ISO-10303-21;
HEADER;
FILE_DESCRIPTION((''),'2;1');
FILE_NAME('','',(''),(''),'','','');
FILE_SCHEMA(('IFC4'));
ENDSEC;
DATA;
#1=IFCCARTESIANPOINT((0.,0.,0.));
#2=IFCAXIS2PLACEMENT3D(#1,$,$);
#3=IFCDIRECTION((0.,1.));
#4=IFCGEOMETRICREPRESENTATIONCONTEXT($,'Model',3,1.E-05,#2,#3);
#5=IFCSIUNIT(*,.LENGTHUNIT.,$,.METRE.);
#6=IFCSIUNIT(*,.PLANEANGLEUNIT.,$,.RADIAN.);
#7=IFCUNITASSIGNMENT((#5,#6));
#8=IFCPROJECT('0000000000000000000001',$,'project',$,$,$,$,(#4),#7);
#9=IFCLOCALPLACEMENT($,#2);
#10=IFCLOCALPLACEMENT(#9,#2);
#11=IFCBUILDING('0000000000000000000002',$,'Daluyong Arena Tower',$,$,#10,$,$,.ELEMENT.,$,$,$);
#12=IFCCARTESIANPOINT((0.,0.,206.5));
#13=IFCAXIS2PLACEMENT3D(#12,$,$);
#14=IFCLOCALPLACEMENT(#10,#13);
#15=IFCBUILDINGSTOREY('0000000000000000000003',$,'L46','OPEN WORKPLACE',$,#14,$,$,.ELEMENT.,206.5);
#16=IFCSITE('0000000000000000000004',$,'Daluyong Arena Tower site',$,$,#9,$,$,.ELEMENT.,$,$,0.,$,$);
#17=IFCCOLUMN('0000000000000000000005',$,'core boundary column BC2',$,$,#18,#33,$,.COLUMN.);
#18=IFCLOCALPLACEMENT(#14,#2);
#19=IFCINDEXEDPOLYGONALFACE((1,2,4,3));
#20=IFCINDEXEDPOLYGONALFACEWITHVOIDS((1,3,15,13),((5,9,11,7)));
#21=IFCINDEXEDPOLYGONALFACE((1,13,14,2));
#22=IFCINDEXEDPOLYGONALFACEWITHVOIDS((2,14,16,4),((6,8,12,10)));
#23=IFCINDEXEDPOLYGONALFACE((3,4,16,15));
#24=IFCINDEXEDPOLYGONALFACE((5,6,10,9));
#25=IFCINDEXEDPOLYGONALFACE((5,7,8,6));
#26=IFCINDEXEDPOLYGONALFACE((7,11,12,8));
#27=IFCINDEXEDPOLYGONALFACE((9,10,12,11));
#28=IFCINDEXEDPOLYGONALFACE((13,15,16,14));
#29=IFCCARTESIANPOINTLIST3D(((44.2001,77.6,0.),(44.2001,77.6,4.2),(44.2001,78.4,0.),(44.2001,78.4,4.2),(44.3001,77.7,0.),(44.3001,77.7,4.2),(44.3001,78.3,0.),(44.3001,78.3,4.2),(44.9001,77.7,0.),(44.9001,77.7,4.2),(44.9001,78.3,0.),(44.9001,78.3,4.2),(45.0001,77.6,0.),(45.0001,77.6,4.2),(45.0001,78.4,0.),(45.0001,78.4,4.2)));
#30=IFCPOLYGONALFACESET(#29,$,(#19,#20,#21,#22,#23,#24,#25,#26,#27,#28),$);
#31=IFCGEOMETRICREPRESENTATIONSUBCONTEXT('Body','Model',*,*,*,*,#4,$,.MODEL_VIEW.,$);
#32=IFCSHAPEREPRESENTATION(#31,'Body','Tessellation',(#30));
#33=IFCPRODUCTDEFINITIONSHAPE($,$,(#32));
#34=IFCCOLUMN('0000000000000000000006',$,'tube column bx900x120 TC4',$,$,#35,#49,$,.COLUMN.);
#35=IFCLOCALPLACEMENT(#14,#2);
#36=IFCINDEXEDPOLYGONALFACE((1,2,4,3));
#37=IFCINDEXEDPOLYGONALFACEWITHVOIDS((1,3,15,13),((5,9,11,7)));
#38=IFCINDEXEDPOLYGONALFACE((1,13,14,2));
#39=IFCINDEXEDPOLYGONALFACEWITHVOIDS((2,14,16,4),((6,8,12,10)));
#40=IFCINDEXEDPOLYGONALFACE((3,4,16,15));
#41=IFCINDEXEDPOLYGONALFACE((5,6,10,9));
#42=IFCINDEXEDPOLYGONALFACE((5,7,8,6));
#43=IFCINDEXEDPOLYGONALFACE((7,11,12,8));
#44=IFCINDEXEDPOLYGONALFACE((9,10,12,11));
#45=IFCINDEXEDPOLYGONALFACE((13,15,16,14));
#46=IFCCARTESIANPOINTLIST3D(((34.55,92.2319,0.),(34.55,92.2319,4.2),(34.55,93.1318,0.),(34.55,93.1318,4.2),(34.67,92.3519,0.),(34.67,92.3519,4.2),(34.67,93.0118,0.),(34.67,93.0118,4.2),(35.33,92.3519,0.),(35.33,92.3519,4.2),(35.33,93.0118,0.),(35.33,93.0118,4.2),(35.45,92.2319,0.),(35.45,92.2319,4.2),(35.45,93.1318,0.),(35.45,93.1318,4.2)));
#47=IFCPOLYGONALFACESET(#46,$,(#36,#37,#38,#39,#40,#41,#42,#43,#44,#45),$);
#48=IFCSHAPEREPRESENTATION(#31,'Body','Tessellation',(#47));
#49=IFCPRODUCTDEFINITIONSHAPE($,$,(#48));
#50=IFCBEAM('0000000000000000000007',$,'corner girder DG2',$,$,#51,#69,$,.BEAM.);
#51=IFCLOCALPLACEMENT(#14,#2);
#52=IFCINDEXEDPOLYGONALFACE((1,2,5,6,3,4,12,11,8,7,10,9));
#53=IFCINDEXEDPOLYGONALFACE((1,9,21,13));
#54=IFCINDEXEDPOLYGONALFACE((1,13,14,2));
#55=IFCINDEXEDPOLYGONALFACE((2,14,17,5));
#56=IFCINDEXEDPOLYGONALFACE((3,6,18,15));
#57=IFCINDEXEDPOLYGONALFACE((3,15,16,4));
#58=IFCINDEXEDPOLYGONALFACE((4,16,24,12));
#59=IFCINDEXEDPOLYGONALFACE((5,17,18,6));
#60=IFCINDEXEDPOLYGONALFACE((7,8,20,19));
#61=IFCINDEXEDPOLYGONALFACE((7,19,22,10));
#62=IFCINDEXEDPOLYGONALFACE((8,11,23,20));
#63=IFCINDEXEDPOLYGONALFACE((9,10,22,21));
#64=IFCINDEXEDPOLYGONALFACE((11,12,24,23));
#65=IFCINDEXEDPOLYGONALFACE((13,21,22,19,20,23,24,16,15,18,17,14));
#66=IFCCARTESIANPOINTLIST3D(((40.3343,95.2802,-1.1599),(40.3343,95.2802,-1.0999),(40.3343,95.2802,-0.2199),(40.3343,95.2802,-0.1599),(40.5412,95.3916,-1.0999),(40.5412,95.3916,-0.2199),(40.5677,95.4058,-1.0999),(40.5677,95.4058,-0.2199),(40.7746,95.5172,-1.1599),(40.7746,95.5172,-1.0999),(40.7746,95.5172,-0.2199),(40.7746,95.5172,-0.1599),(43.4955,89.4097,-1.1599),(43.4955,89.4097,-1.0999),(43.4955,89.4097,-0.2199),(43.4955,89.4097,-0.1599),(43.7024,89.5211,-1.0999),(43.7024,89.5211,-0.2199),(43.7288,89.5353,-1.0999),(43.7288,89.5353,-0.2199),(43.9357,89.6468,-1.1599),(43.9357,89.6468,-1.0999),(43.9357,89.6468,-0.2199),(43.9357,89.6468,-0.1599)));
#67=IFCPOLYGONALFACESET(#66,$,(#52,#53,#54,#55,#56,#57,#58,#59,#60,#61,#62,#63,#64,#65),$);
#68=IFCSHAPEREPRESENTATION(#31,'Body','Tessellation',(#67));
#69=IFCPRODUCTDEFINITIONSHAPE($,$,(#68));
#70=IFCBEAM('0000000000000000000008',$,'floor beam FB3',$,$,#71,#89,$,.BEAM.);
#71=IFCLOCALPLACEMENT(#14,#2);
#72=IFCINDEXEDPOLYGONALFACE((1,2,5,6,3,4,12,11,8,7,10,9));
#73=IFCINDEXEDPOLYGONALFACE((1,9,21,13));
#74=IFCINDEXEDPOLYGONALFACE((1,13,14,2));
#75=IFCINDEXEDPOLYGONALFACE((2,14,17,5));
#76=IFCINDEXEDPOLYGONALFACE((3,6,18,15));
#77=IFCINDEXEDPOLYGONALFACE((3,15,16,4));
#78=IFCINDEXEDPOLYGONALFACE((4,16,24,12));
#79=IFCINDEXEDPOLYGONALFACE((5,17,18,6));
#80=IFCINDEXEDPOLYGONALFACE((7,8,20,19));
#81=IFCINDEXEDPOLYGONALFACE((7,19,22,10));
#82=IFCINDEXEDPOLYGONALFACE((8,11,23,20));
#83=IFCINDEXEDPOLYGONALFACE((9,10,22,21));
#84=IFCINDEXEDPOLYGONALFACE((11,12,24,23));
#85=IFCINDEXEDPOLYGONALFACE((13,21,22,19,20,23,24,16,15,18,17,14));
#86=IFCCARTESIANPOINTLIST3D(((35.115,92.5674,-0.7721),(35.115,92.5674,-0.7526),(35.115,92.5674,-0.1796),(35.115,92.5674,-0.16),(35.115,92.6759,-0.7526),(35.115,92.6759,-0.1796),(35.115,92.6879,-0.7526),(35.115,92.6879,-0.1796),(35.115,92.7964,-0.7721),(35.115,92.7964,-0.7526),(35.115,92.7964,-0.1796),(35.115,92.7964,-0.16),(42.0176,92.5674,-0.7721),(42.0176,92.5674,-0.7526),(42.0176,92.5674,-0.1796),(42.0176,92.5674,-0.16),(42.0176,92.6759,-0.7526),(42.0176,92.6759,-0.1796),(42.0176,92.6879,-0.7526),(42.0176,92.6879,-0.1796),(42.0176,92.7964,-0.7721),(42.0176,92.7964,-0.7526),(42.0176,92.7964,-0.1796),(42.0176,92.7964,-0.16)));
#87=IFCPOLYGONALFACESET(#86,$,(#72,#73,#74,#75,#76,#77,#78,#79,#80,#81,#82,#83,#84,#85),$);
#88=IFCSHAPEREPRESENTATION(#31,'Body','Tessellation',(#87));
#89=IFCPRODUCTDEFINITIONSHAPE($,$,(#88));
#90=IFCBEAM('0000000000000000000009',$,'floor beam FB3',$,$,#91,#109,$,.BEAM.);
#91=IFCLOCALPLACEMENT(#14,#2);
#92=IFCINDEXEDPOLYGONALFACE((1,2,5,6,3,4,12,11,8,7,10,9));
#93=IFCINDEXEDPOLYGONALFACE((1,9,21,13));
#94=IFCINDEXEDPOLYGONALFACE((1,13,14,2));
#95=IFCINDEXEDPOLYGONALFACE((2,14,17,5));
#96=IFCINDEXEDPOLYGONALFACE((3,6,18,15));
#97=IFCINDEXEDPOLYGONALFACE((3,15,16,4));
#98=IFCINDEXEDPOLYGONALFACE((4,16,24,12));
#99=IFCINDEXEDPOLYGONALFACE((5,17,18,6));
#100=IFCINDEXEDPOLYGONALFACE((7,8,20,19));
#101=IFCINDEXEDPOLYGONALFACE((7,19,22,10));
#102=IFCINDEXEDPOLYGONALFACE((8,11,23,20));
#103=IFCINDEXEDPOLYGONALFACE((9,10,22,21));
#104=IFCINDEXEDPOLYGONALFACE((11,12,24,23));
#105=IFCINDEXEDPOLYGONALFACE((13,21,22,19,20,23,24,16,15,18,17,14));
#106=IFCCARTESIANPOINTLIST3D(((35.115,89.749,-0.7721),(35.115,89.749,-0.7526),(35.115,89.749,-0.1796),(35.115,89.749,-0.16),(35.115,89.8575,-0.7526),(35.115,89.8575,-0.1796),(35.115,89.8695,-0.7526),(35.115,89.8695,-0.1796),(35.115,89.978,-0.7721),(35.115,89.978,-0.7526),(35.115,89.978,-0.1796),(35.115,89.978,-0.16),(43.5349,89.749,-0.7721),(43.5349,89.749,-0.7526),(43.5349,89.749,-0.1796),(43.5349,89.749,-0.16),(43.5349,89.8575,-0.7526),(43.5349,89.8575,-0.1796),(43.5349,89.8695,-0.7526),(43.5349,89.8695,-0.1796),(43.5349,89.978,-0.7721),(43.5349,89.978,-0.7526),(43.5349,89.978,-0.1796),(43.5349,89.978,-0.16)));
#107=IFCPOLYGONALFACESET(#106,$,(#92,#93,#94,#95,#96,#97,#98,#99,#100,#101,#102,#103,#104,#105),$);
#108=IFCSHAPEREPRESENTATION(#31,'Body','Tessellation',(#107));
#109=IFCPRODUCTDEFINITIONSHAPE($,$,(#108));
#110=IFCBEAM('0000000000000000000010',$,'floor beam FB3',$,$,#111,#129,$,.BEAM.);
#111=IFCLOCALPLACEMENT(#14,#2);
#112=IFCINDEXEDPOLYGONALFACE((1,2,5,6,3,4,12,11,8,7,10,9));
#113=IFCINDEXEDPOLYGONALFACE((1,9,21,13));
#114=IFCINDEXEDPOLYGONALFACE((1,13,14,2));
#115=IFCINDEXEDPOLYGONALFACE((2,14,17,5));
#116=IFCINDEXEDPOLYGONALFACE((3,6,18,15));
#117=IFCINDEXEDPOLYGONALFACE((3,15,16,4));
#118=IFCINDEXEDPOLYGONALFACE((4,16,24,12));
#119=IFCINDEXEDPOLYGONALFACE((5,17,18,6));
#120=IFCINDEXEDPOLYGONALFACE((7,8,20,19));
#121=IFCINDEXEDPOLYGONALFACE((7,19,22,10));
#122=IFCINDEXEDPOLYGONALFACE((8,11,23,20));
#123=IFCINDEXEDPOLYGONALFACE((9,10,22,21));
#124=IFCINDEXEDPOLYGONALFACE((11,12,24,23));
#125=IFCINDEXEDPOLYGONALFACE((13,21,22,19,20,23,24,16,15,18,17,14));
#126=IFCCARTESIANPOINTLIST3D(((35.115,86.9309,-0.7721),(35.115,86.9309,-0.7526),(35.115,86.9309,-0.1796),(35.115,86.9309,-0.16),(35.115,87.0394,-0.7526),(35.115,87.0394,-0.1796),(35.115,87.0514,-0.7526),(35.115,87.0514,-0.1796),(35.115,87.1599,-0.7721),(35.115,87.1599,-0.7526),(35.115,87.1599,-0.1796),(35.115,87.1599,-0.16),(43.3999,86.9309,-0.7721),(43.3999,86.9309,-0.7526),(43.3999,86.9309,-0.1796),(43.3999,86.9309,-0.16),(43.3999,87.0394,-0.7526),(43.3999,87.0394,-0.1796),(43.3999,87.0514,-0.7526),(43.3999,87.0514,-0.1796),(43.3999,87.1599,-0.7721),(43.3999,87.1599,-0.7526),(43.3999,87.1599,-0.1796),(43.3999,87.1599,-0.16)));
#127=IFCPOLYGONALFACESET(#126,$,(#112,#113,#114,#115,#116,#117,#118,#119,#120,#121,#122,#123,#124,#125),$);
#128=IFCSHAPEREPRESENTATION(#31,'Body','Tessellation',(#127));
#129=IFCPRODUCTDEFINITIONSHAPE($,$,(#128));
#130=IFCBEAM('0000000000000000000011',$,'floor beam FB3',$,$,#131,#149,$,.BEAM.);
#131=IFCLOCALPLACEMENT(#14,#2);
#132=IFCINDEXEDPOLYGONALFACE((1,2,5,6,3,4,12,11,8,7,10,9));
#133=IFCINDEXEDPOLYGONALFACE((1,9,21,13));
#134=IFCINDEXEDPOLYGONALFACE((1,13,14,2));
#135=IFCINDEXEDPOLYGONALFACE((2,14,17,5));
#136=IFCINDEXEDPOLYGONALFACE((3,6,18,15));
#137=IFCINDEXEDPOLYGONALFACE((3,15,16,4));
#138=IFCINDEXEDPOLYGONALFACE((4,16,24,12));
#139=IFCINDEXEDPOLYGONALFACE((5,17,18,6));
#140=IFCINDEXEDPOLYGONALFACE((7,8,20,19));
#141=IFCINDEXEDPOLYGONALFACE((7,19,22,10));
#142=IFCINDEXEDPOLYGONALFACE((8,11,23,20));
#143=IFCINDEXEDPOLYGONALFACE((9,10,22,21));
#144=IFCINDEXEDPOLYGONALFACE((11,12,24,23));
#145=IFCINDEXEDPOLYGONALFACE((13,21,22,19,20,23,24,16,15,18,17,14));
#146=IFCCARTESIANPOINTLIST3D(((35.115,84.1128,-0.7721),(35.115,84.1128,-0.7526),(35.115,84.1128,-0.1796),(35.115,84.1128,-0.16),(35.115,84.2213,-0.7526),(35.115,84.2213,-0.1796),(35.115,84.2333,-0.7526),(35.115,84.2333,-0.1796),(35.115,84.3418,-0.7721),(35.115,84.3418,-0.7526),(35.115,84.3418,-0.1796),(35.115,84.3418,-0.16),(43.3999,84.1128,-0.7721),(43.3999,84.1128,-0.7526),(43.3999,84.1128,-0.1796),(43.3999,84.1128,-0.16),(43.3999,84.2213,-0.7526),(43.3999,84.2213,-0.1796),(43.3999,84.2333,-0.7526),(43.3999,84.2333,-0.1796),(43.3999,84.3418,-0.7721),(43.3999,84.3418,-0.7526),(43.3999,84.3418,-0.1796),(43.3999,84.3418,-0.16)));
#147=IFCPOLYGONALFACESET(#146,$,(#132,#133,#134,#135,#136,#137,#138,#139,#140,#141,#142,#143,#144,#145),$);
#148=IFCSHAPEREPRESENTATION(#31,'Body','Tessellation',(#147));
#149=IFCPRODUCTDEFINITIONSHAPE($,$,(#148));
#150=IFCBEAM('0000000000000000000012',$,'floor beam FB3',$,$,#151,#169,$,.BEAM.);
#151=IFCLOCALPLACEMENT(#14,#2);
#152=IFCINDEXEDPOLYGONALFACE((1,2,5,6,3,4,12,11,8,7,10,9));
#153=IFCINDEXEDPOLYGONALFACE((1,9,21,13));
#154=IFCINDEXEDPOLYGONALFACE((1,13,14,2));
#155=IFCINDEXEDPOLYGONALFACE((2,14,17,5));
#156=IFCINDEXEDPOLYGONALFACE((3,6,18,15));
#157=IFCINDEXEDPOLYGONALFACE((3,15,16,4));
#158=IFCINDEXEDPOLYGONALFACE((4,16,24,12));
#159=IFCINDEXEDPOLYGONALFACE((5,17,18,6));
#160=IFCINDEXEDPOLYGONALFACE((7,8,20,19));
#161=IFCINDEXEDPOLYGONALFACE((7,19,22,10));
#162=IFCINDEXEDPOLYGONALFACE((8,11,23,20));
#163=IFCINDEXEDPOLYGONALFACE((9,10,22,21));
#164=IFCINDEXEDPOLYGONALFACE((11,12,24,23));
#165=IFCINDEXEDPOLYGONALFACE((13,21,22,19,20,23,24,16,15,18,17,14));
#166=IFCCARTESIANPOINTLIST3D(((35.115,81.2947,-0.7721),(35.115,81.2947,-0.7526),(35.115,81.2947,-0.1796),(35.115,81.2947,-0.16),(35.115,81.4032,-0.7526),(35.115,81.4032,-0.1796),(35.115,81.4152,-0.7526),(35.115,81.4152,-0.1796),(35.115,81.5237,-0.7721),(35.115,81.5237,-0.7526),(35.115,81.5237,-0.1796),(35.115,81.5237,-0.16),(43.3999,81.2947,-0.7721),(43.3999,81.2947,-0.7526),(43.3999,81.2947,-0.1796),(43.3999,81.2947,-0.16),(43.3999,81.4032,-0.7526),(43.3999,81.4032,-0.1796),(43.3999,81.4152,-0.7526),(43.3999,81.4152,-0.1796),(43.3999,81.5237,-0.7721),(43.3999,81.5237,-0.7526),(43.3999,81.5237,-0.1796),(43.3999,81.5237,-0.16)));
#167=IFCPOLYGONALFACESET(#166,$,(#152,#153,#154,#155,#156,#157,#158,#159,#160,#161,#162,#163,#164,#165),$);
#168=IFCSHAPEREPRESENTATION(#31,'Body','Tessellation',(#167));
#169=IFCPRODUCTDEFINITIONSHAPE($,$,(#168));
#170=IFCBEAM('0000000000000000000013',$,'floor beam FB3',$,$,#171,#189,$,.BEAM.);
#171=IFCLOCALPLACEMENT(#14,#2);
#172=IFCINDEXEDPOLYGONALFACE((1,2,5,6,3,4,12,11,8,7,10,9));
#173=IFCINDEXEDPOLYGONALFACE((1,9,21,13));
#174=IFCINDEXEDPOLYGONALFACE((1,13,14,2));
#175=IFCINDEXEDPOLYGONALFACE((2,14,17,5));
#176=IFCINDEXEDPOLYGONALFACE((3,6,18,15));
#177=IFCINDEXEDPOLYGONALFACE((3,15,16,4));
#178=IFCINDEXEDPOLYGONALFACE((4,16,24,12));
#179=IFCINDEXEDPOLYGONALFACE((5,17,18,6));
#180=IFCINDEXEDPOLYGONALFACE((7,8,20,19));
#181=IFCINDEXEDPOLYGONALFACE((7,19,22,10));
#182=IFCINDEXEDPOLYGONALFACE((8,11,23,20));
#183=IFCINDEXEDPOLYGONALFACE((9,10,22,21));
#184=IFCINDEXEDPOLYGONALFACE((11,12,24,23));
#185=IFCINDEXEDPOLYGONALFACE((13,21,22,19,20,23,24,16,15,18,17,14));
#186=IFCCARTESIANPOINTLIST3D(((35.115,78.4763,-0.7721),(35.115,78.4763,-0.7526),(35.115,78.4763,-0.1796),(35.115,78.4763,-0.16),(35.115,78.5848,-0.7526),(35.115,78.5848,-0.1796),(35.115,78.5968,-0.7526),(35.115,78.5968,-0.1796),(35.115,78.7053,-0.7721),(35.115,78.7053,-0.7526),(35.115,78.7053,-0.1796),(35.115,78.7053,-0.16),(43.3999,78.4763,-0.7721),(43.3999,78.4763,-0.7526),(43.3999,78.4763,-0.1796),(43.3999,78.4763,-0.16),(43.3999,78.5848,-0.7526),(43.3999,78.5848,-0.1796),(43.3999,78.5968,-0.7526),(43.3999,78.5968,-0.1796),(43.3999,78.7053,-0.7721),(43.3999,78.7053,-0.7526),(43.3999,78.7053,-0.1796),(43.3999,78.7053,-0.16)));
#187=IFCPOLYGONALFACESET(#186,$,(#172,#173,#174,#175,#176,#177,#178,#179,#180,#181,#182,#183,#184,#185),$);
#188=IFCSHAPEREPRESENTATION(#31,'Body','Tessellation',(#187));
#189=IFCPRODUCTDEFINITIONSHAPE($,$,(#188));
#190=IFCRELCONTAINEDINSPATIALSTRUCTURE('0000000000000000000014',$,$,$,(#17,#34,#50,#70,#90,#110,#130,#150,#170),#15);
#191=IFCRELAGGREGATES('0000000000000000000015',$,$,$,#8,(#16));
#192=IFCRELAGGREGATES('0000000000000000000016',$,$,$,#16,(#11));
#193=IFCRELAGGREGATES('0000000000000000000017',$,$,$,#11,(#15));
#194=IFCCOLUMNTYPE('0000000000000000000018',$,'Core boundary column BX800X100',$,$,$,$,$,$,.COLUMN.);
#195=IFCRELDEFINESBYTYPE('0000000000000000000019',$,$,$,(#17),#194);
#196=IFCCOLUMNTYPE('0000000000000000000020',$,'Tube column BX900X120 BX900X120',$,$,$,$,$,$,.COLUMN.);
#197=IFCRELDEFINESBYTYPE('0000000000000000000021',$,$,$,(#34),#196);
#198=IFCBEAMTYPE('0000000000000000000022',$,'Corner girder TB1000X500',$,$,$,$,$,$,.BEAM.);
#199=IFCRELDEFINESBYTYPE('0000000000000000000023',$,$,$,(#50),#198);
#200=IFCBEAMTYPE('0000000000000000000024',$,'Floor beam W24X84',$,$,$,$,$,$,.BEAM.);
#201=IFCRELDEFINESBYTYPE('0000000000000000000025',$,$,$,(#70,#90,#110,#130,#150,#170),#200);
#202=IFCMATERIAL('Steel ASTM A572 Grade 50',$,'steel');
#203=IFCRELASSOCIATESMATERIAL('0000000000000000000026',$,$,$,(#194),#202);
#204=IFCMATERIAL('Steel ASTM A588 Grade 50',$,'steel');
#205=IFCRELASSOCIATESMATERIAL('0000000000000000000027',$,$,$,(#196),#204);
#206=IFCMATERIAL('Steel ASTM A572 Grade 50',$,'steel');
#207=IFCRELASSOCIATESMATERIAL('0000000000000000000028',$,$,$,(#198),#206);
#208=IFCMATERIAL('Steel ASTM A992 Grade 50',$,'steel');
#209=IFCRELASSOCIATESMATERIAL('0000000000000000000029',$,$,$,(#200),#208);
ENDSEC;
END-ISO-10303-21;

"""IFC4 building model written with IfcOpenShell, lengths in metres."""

from ifc_helpers import new_model, si_unit, direction, frame, origin, origin_2d, place, context, subcontext, project, spatial, hollow_rectangle, i_section, extrude, material, material_profile, profile_set, type_object, element, save


model = new_model("IFC4")

# Units and contexts
model_context = context("Model", 3, precision=1e-05, world=origin(), true_north=direction((0.0, 1.0)))
body_context = subcontext(model_context, "Body", "Model", "MODEL_VIEW")
ifc_project = project(units=[si_unit("LENGTHUNIT", "METRE"), si_unit("PLANEANGLEUNIT", "RADIAN")], contexts=[model_context])

# Site, building, storey
site_placement = place(None, origin())
site = spatial("IfcSite", under=ifc_project, at=site_placement, Name="Daluyong Arena Tower site", CompositionType="ELEMENT", RefElevation=0.0)
building_placement = place(site_placement, origin())
building = spatial("IfcBuilding", under=site, at=building_placement, Name="Daluyong Arena Tower", CompositionType="ELEMENT")
storey_placement = place(building_placement, frame((0.0, 0.0, 206.5)))
storey = spatial("IfcBuildingStorey", under=building, at=storey_placement, Name="L46", Description="OPEN WORKPLACE", CompositionType="ELEMENT", Elevation=206.5)

# Columns
ifc_material_1 = material(Name="Steel ASTM A572 Grade 50", Category="steel")
ifc_material_profile_1 = material_profile(ifc_material_1, hollow_rectangle(XDim=0.8, YDim=0.8, WallThickness=0.1, at=origin_2d()))
ifc_profile_set_1 = profile_set([ifc_material_profile_1], Name="Steel ASTM A572 Grade 50")
column_type_1 = type_object("IfcColumnType", Name="Core boundary column BX800X100", PredefinedType="COLUMN", material=ifc_profile_set_1)
column_1_placement = place(storey_placement, frame((44.6001, 78.0, 0.0), z_axis=(0.0, 0.0, 1.0), x_axis=(1.0, 0.0, 0.0)))
element("IfcColumn", 1, at=column_1_placement, inside=storey, type_object=column_type_1, Name="core boundary column BC2", PredefinedType="COLUMN", context=body_context, shape_type="SweptSolid", body=[
    extrude(hollow_rectangle(XDim=0.8, YDim=0.8, WallThickness=0.1, at=origin_2d()), origin(), (0.0, 0.0, 1.0), 4.2),
])
ifc_material_2 = material(Name="Steel ASTM A588 Grade 50", Category="steel")
ifc_material_profile_2 = material_profile(ifc_material_2, hollow_rectangle(XDim=0.8999, YDim=0.8999, WallThickness=0.12, at=origin_2d()))
ifc_profile_set_2 = profile_set([ifc_material_profile_2], Name="Steel ASTM A588 Grade 50")
column_type_2 = type_object("IfcColumnType", Name="Tube column BX900X120 BX900X120", PredefinedType="COLUMN", material=ifc_profile_set_2)
column_2_placement = place(storey_placement, frame((35.0, 92.6819, 0.0), z_axis=(0.0, 0.0, 1.0), x_axis=(0.0, 1.0, 0.0)))
element("IfcColumn", 2, at=column_2_placement, inside=storey, type_object=column_type_2, Name="tube column bx900x120 TC4", PredefinedType="COLUMN", context=body_context, shape_type="SweptSolid", body=[
    extrude(hollow_rectangle(XDim=0.8999, YDim=0.8999, WallThickness=0.12, at=origin_2d()), origin(), (0.0, 0.0, 1.0), 4.2),
])

# Beams
ifc_material_3 = material(Name="Steel ASTM A572 Grade 50", Category="steel")
ifc_material_profile_3 = material_profile(ifc_material_3, i_section(OverallWidth=0.5, OverallDepth=1.0, WebThickness=0.03, FlangeThickness=0.06, at=origin_2d()))
ifc_profile_set_3 = profile_set([ifc_material_profile_3], Name="Steel ASTM A572 Grade 50")
beam_type_1 = type_object("IfcBeamType", Name="Corner girder TB1000X500", PredefinedType="BEAM", material=ifc_profile_set_3)
beam_1_placement = place(storey_placement, frame((40.5544, 95.3987, -0.6599), z_axis=(0.474119, -0.880461, 0.0), x_axis=(0.880461, 0.474119, 0.0)))
element("IfcBeam", 3, at=beam_1_placement, inside=storey, type_object=beam_type_1, Name="corner girder DG2", PredefinedType="BEAM", context=body_context, shape_type="SweptSolid", body=[
    extrude(i_section(OverallWidth=0.5, OverallDepth=1.0, WebThickness=0.03, FlangeThickness=0.06, at=origin_2d()), origin(), (0.0, 0.0, 1.0), 6.6675),
])
ifc_material_4 = material(Name="Steel ASTM A992 Grade 50", Category="steel")
ifc_material_profile_4 = material_profile(ifc_material_4, i_section(OverallWidth=0.229, OverallDepth=0.6121, WebThickness=0.012, FlangeThickness=0.0195, at=origin_2d()))
ifc_profile_set_4 = profile_set([ifc_material_profile_4], Name="Steel ASTM A992 Grade 50")
beam_type_2 = type_object("IfcBeamType", Name="Floor beam W24X84", PredefinedType="BEAM", material=ifc_profile_set_4)
beam_2_placement = place(storey_placement, frame((35.115, 92.6819, -0.4661), z_axis=(1.0, 0.0, 0.0), x_axis=(0.0, 1.0, 0.0)))
element("IfcBeam", 4, at=beam_2_placement, inside=storey, type_object=beam_type_2, Name="floor beam FB3", PredefinedType="BEAM", context=body_context, shape_type="SweptSolid", body=[
    extrude(i_section(OverallWidth=0.229, OverallDepth=0.6121, WebThickness=0.012, FlangeThickness=0.0195, at=origin_2d()), origin(), (0.0, 0.0, 1.0), 6.9026),
])
beam_3_placement = place(storey_placement, frame((35.115, 89.8635, -0.4661), z_axis=(1.0, 0.0, 0.0), x_axis=(0.0, 1.0, 0.0)))
element("IfcBeam", 5, at=beam_3_placement, inside=storey, type_object=beam_type_2, Name="floor beam FB3", PredefinedType="BEAM", context=body_context, shape_type="SweptSolid", body=[
    extrude(i_section(OverallWidth=0.229, OverallDepth=0.6121, WebThickness=0.012, FlangeThickness=0.0195, at=origin_2d()), origin(), (0.0, 0.0, 1.0), 8.4199),
])
for number, where, z_axis, x_axis, name in (
    (6, (35.115, 87.0454, -0.4661), (1.0, 0.0, 0.0), (0.0, 1.0, 0.0), "floor beam FB3"),
    (7, (35.115, 84.2273, -0.4661), (1.0, 0.0, 0.0), (0.0, 1.0, 0.0), "floor beam FB3"),
    (8, (35.115, 81.4092, -0.4661), (1.0, 0.0, 0.0), (0.0, 1.0, 0.0), "floor beam FB3"),
    (9, (35.115, 78.5908, -0.4661), (1.0, 0.0, 0.0), (0.0, 1.0, 0.0), "floor beam FB3"),
):
    element("IfcBeam", number, at=place(storey_placement, frame(where, z_axis=z_axis, x_axis=x_axis)), inside=storey, type_object=beam_type_2, Name=name, PredefinedType="BEAM", context=body_context, shape_type="SweptSolid", body=[
        extrude(i_section(OverallWidth=0.229, OverallDepth=0.6121, WebThickness=0.012, FlangeThickness=0.0195, at=origin_2d()), origin(), (0.0, 0.0, 1.0), 8.2849),
    ])

save(model, "model.ifc")
